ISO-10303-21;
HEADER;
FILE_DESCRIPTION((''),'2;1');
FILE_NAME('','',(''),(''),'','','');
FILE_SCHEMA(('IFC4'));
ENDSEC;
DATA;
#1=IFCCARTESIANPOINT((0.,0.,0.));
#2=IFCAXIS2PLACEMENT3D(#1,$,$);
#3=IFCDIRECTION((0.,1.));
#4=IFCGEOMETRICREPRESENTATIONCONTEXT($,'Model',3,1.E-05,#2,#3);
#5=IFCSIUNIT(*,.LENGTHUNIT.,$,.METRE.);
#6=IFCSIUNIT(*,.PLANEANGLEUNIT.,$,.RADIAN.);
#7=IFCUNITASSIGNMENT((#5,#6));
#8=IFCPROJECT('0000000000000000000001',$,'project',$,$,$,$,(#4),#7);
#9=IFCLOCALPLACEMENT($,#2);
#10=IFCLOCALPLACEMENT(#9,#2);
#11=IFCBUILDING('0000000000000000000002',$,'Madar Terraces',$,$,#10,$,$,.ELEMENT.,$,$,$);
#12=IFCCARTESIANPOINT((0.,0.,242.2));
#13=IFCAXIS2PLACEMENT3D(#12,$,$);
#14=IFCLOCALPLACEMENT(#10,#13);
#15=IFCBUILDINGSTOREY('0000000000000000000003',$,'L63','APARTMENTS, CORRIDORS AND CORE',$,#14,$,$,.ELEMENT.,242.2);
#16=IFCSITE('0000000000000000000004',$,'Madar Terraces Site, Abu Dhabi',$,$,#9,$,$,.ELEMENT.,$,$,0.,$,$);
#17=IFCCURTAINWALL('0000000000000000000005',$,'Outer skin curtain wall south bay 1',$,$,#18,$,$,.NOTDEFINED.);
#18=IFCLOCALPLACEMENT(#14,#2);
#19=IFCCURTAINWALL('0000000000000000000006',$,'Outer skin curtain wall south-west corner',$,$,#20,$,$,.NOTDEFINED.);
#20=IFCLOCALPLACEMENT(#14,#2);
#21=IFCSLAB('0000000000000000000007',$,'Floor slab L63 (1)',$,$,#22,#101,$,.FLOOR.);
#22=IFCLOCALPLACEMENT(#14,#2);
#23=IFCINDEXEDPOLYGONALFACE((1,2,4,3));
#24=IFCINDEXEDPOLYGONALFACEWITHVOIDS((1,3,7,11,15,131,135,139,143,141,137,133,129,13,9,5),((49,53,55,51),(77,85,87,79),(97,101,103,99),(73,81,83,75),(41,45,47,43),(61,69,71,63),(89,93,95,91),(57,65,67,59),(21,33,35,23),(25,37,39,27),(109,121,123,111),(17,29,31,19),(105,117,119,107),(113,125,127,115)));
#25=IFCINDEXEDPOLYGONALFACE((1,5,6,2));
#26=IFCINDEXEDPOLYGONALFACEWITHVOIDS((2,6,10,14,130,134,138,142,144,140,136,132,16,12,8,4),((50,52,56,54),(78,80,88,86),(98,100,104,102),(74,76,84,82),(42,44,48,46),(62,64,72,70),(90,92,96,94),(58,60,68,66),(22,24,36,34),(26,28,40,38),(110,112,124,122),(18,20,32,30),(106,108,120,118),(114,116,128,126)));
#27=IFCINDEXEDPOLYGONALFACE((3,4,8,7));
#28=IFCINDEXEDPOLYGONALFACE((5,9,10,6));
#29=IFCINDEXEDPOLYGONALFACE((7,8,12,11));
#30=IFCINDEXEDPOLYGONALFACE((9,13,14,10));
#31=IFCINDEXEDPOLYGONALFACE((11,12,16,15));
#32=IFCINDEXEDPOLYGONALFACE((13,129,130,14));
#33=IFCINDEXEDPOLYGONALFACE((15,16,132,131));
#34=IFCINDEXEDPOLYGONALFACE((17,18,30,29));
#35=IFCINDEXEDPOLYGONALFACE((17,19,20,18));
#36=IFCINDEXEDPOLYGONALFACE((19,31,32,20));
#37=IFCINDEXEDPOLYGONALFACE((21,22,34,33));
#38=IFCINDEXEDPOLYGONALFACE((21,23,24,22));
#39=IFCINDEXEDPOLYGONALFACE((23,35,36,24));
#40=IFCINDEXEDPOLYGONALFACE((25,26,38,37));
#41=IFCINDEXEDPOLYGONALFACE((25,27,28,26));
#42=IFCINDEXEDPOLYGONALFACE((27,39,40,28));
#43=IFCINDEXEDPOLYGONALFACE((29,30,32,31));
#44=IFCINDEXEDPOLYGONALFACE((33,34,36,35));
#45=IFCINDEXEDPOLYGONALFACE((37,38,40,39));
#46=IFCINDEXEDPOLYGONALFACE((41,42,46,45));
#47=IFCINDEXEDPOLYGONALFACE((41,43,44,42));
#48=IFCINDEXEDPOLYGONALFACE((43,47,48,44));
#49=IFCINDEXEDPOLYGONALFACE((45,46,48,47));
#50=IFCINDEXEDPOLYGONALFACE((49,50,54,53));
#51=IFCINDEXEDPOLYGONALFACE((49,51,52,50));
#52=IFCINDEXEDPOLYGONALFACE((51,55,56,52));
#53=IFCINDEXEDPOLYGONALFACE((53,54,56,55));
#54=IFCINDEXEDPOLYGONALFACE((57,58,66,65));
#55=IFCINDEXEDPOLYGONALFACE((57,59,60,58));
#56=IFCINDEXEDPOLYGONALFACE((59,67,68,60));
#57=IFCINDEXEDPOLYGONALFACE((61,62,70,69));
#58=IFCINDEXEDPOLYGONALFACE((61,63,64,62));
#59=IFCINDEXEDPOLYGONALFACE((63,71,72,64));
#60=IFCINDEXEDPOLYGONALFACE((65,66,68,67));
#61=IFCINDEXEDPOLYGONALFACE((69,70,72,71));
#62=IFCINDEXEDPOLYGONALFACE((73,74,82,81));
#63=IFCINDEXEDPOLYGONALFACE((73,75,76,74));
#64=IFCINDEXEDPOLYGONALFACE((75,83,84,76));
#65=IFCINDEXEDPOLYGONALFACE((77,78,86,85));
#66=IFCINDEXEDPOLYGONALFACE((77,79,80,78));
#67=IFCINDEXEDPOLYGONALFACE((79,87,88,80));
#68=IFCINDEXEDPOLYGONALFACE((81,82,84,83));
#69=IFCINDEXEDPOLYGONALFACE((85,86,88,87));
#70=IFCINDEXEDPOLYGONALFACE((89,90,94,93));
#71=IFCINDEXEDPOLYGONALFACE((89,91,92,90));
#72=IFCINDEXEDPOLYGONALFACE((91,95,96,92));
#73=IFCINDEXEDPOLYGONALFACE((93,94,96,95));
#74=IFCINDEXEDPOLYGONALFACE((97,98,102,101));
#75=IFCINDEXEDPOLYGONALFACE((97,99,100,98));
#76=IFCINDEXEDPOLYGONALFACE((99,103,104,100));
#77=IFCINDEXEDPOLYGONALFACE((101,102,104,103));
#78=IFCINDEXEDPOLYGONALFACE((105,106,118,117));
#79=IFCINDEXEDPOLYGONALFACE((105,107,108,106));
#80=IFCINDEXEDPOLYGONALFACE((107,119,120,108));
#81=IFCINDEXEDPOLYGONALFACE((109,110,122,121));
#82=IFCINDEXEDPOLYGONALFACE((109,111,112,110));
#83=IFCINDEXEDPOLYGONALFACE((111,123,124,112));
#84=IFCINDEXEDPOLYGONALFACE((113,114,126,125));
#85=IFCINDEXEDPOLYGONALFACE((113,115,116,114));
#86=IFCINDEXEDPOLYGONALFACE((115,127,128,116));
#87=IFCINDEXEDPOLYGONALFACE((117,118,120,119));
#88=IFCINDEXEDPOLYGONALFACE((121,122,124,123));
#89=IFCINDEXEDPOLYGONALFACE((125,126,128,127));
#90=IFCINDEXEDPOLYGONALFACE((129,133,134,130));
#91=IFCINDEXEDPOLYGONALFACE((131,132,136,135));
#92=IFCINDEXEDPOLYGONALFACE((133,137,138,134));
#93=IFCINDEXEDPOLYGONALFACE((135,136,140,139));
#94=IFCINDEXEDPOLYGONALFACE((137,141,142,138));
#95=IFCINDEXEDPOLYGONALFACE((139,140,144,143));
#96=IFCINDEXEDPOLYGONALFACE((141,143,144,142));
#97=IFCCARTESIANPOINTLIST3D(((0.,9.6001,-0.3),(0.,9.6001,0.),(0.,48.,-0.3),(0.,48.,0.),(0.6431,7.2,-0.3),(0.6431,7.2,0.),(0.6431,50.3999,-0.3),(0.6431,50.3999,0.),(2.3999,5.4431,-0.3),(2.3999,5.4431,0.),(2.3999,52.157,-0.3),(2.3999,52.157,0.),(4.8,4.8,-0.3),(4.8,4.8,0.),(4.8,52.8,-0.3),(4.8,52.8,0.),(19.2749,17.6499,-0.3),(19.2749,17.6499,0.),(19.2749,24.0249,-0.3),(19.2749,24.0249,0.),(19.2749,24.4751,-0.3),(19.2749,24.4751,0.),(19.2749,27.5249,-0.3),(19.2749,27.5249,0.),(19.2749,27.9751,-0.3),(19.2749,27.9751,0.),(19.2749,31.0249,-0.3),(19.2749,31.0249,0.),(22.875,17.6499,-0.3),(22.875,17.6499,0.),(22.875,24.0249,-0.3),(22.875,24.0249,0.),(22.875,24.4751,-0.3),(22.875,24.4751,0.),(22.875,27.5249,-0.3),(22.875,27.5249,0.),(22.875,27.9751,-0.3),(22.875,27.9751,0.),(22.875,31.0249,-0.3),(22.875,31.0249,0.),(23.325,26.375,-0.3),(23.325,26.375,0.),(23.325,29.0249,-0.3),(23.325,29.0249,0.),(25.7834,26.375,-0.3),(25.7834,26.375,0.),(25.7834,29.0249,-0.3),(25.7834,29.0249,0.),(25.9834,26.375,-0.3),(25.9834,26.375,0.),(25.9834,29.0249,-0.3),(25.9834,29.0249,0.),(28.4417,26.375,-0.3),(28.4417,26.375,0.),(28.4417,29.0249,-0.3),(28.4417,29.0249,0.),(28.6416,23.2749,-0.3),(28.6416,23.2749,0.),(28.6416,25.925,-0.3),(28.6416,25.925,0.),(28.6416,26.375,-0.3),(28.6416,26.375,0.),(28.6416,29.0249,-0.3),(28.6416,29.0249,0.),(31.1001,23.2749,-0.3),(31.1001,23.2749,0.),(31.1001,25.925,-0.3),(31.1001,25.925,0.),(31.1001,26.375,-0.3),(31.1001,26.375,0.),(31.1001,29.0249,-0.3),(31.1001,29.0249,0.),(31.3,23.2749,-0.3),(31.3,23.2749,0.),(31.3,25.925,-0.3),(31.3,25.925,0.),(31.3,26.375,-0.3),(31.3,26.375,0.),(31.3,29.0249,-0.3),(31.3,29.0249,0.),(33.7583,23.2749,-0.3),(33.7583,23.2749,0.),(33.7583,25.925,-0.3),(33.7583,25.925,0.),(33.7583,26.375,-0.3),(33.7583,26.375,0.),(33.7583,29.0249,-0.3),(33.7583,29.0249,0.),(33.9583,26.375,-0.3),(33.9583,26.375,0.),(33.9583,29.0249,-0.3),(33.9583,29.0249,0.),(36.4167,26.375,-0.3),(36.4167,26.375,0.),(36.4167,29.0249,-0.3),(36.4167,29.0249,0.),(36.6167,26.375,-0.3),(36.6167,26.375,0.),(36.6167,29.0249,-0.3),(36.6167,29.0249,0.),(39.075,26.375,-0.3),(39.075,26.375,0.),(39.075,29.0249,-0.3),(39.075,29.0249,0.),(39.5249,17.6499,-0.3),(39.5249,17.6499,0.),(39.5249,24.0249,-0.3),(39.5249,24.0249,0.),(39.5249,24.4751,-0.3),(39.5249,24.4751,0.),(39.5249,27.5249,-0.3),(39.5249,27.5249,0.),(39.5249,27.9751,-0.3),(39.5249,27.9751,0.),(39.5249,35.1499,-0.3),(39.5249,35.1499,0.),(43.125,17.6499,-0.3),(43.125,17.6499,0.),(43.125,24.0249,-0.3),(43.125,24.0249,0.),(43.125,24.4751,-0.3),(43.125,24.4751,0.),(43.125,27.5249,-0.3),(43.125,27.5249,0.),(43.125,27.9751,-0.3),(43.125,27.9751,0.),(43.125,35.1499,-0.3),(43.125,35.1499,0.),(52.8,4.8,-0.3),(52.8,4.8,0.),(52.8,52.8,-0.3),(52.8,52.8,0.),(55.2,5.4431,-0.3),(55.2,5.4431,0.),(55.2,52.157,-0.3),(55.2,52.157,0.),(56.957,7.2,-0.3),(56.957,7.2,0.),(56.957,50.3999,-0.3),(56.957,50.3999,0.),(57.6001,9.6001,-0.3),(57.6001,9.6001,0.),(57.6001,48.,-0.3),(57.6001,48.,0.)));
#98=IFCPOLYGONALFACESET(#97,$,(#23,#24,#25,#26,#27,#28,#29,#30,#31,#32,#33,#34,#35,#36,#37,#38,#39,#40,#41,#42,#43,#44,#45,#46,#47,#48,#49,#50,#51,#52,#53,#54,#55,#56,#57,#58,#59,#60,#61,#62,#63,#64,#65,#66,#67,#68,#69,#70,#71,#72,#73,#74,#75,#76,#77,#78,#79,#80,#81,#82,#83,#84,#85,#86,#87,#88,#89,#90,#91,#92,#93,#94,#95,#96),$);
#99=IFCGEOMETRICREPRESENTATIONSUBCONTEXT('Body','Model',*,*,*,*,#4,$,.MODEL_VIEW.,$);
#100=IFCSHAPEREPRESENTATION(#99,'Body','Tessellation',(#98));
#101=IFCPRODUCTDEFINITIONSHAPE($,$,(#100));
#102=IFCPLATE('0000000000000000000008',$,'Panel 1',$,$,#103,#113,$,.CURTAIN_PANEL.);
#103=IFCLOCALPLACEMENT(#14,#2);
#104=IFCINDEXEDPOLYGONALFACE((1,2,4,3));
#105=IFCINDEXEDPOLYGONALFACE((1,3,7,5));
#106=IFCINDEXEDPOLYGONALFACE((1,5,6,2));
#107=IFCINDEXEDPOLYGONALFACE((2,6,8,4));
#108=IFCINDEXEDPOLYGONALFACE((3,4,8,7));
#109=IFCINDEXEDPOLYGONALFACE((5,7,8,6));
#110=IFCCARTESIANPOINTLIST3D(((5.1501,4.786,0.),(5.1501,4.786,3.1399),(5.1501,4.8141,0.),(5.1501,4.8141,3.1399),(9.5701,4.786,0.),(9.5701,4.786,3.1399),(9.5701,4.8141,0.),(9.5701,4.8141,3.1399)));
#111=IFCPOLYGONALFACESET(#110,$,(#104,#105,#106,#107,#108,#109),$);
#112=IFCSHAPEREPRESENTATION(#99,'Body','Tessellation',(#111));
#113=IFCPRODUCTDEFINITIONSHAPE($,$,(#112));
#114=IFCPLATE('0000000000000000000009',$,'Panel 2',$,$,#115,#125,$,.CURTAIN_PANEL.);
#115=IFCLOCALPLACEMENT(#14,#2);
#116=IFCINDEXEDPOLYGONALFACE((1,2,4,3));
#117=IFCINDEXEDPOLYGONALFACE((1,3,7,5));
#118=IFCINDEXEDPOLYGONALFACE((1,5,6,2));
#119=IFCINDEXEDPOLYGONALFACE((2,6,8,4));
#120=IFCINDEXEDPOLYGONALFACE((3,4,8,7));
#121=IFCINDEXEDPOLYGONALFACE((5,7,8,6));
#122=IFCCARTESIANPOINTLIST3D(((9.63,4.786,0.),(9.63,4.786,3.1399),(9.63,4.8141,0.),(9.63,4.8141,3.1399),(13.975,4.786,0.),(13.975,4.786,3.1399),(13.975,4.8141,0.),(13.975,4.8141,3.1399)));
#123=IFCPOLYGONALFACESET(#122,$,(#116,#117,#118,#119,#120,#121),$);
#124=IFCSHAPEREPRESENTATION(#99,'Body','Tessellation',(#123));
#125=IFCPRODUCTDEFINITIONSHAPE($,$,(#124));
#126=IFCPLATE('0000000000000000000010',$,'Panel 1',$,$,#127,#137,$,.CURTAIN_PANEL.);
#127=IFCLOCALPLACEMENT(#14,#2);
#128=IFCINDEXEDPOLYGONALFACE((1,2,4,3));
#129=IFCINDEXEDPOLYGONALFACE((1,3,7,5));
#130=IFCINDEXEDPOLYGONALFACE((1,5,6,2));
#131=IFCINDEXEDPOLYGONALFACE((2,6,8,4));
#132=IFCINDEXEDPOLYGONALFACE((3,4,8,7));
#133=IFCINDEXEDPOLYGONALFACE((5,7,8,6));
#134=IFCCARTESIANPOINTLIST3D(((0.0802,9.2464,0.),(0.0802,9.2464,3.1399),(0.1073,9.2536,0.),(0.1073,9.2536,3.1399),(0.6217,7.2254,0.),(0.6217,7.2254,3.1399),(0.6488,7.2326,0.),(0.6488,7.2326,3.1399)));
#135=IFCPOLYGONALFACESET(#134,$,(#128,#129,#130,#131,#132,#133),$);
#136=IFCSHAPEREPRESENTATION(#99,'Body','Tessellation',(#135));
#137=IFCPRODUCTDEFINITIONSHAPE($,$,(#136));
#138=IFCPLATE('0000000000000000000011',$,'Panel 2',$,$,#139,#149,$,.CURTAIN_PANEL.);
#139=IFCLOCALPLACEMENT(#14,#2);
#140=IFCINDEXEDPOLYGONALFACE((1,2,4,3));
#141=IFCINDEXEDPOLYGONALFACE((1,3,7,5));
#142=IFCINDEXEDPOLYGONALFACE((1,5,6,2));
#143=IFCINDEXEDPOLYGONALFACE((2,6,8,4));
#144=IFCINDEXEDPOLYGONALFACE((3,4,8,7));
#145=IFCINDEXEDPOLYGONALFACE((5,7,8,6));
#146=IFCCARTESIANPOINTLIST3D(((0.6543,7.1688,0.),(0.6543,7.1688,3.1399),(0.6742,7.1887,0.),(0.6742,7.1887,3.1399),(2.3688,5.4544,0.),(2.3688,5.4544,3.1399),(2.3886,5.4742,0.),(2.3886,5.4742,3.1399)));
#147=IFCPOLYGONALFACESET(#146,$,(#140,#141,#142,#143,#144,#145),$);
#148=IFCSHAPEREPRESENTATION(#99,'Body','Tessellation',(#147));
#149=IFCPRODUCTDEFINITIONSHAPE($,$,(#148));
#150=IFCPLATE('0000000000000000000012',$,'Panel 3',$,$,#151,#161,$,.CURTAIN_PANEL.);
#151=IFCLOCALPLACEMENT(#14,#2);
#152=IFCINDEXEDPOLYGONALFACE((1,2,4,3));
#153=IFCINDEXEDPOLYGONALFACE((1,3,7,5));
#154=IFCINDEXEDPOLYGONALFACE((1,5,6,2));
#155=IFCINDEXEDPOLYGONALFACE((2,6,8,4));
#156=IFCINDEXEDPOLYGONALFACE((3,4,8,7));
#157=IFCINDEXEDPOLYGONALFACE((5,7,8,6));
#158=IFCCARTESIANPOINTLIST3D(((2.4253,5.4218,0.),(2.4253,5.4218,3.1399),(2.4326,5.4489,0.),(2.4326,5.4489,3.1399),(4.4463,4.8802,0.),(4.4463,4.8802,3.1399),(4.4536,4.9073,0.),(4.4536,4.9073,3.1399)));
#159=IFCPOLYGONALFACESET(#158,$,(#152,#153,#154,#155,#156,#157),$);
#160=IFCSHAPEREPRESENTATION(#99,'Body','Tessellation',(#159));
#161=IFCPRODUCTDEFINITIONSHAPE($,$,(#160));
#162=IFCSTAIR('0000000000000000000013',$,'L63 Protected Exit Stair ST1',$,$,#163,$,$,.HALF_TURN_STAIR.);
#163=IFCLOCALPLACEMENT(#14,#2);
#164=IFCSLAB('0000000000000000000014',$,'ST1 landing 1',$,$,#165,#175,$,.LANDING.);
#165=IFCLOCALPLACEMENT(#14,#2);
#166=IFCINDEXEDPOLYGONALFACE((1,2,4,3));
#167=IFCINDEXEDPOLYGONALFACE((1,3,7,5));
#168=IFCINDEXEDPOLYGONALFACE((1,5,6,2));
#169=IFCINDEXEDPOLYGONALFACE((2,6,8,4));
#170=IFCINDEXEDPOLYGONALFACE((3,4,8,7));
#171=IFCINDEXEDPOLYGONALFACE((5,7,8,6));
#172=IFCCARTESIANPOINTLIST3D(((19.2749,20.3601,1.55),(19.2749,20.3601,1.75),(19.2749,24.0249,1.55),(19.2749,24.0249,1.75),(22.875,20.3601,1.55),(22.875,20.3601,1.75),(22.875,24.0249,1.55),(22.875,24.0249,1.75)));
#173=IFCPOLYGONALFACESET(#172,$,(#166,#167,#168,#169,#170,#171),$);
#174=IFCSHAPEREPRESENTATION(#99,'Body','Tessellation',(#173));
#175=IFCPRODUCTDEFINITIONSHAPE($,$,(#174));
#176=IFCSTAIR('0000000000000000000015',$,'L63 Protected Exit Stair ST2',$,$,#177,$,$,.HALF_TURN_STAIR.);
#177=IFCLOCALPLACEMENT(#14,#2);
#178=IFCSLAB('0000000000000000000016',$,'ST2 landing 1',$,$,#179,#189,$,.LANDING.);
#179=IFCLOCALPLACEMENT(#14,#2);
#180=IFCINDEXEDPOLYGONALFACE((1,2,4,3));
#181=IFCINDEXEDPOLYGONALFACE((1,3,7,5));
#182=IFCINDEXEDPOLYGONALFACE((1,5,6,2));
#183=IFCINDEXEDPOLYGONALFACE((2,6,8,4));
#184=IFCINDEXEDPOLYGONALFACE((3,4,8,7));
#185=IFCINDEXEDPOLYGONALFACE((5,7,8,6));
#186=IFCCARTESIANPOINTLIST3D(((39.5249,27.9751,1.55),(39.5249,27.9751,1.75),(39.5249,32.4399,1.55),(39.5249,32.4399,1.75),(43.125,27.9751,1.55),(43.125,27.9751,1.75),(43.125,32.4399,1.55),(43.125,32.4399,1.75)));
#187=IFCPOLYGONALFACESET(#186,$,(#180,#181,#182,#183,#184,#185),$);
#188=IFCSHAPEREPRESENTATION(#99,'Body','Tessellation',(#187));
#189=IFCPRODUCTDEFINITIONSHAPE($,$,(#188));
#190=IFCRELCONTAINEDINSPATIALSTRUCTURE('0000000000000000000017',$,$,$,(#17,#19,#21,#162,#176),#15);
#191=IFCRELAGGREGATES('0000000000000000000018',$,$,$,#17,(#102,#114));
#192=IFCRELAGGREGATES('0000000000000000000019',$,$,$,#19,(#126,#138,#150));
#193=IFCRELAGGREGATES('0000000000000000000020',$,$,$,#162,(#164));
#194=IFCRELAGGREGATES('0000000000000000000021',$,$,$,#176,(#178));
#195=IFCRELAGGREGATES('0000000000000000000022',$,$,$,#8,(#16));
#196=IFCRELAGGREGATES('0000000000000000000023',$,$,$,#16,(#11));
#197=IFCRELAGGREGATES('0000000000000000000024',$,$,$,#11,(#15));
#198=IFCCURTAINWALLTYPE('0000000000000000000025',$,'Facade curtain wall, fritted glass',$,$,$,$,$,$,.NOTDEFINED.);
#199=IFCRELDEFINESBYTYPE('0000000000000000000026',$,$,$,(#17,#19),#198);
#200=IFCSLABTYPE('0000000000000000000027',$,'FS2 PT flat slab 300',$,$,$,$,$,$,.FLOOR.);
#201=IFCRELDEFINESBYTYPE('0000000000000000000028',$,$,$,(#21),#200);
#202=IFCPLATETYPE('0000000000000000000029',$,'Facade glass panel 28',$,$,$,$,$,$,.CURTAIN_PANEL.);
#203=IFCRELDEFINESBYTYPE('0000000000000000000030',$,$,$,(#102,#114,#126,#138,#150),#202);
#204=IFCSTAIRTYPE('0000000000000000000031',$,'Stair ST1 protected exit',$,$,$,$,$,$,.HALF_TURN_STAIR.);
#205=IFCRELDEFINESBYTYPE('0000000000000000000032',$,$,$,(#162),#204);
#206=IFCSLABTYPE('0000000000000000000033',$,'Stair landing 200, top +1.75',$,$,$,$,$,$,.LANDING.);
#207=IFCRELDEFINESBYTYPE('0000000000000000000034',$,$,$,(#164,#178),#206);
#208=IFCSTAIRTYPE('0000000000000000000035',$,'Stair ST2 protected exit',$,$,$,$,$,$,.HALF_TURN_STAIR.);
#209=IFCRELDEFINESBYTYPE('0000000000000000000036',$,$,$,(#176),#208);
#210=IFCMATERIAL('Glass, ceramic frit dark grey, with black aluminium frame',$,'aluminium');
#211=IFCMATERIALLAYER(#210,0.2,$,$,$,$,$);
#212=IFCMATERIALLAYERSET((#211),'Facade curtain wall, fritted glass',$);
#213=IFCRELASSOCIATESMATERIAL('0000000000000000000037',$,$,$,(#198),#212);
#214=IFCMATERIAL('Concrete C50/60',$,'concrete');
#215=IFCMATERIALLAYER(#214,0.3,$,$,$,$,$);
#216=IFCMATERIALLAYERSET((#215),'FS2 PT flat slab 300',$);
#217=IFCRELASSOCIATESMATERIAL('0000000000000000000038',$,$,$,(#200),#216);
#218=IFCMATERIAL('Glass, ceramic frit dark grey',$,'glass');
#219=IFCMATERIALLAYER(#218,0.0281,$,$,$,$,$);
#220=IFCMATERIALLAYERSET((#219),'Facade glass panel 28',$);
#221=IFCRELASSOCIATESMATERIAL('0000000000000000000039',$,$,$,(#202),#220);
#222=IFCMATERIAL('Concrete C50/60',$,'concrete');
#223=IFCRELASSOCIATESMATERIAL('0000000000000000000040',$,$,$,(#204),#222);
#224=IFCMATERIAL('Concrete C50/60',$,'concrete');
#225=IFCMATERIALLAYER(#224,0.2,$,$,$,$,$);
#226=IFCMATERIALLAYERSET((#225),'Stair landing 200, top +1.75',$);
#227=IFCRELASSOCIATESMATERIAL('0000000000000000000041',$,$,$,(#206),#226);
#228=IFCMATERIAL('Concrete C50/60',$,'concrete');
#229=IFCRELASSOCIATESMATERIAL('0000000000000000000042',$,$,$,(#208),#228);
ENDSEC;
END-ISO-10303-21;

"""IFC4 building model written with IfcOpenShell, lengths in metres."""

from ifc_helpers import new_model, si_unit, direction, frame, origin, origin_2d, place, context, subcontext, project, spatial, polyline, rectangle, outline, extrude, material, layer, layer_set, type_object, element, aggregate, save


model = new_model("IFC4")

# Units and contexts
model_context = context("Model", 3, precision=1e-05, world=origin(), true_north=direction((0.0, 1.0)))
body_context = subcontext(model_context, "Body", "Model", "MODEL_VIEW")
ifc_project = project(units=[si_unit("LENGTHUNIT", "METRE"), si_unit("PLANEANGLEUNIT", "RADIAN")], contexts=[model_context])

# Site, building, storey
site_placement = place(None, origin())
site = spatial("IfcSite", under=ifc_project, at=site_placement, Name="Madar Terraces Site, Abu Dhabi", CompositionType="ELEMENT", RefElevation=0.0)
building_placement = place(site_placement, origin())
building = spatial("IfcBuilding", under=site, at=building_placement, Name="Madar Terraces", CompositionType="ELEMENT")
storey_placement = place(building_placement, frame((0.0, 0.0, 242.2)))
storey = spatial("IfcBuildingStorey", under=building, at=storey_placement, Name="L63", Description="APARTMENTS, CORRIDORS AND CORE", CompositionType="ELEMENT", Elevation=242.2)

# Curtain wall
ifc_material_1 = material(Name="Glass, ceramic frit dark grey, with black aluminium frame", Category="aluminium")
ifc_layer_1 = layer(ifc_material_1, 0.2)
ifc_layer_set_1 = layer_set([ifc_layer_1], Name="Facade curtain wall, fritted glass")
curtain_wall_type = type_object("IfcCurtainWallType", Name="Facade curtain wall, fritted glass", PredefinedType="NOTDEFINED", material=ifc_layer_set_1)
curtain_wall_1_placement = place(storey_placement, origin())
curtain_wall_1 = element("IfcCurtainWall", 1, at=curtain_wall_1_placement, inside=storey, type_object=curtain_wall_type, Name="Outer skin curtain wall south bay 1", PredefinedType="NOTDEFINED")

# Curtain wall
curtain_wall_2_placement = place(storey_placement, origin())
curtain_wall_2 = element("IfcCurtainWall", 2, at=curtain_wall_2_placement, inside=storey, type_object=curtain_wall_type, Name="Outer skin curtain wall south-west corner", PredefinedType="NOTDEFINED")

# Slab
ifc_material_2 = material(Name="Concrete C50/60", Category="concrete")
ifc_layer_2 = layer(ifc_material_2, 0.3)
ifc_layer_set_2 = layer_set([ifc_layer_2], Name="FS2 PT flat slab 300")
slab_type_1 = type_object("IfcSlabType", Name="FS2 PT flat slab 300", PredefinedType="FLOOR", material=ifc_layer_set_2)
slab_1_placement = place(storey_placement, frame((0.0, 0.0, -0.3)))
element("IfcSlab", 3, at=slab_1_placement, inside=storey, type_object=slab_type_1, Name="Floor slab L63 (1)", PredefinedType="FLOOR", context=body_context, shape_type="SweptSolid", body=[
    extrude(outline(polyline([(52.8, 4.8), (55.2, 5.4431), (56.957, 7.2), (57.6001, 9.6001), (57.6001, 48.0), (56.957, 50.3999), (55.2, 52.157), (52.8, 52.8), (4.8, 52.8), (2.3999, 52.157), (0.6431, 50.3999), (0.0, 48.0), (0.0, 9.6001), (0.6431, 7.2), (2.3999, 5.4431), (4.8, 4.8), (52.8, 4.8)]), holes=[polyline([(22.875, 17.6499), (19.2749, 17.6499), (19.2749, 24.0249), (22.875, 24.0249), (22.875, 17.6499)]), polyline([(28.6416, 23.2749), (28.6416, 25.925), (31.1001, 25.925), (31.1001, 23.2749), (28.6416, 23.2749)]), polyline([(19.2749, 24.4751), (19.2749, 27.5249), (22.875, 27.5249), (22.875, 24.4751), (19.2749, 24.4751)]), polyline([(23.325, 26.375), (23.325, 29.0249), (25.7834, 29.0249), (25.7834, 26.375), (23.325, 26.375)]), polyline([(25.9834, 26.375), (25.9834, 29.0249), (28.4417, 29.0249), (28.4417, 26.375), (25.9834, 26.375)]), polyline([(28.6416, 26.375), (28.6416, 29.0249), (31.1001, 29.0249), (31.1001, 26.375), (28.6416, 26.375)]), polyline([(19.2749, 27.9751), (19.2749, 31.0249), (22.875, 31.0249), (22.875, 27.9751), (19.2749, 27.9751)]), polyline([(43.125, 17.6499), (39.5249, 17.6499), (39.5249, 24.0249), (43.125, 24.0249), (43.125, 17.6499)]), polyline([(31.3, 23.2749), (31.3, 25.925), (33.7583, 25.925), (33.7583, 23.2749), (31.3, 23.2749)]), polyline([(39.5249, 24.4751), (39.5249, 27.5249), (43.125, 27.5249), (43.125, 24.4751), (39.5249, 24.4751)]), polyline([(31.3, 26.375), (31.3, 29.0249), (33.7583, 29.0249), (33.7583, 26.375), (31.3, 26.375)]), polyline([(33.9583, 26.375), (33.9583, 29.0249), (36.4167, 29.0249), (36.4167, 26.375), (33.9583, 26.375)]), polyline([(36.6167, 26.375), (36.6167, 29.0249), (39.075, 29.0249), (39.075, 26.375), (36.6167, 26.375)]), polyline([(39.5249, 27.9751), (39.5249, 35.1499), (43.125, 35.1499), (43.125, 27.9751), (39.5249, 27.9751)])]), origin(), (0.0, 0.0, 1.0), 0.3),
])

# Plates
ifc_material_3 = material(Name="Glass, ceramic frit dark grey", Category="glass")
ifc_layer_3 = layer(ifc_material_3, 0.0281)
ifc_layer_set_3 = layer_set([ifc_layer_3], Name="Facade glass panel 28")
plate_type = type_object("IfcPlateType", Name="Facade glass panel 28", PredefinedType="CURTAIN_PANEL", material=ifc_layer_set_3)
plate_1_placement = place(storey_placement, frame((7.3601, 4.8, 0.0), z_axis=(0.0, 0.0, 1.0), x_axis=(1.0, 0.0, 0.0)))
plate_1 = element("IfcPlate", 4, at=plate_1_placement, type_object=plate_type, Name="Panel 1", PredefinedType="CURTAIN_PANEL", context=body_context, shape_type="SweptSolid", body=[
    extrude(rectangle(XDim=4.4199, YDim=0.0281, at=origin_2d()), origin(), (0.0, 0.0, 1.0), 3.1399),
])
plate_2_placement = place(storey_placement, frame((11.8025, 4.8, 0.0), z_axis=(0.0, 0.0, 1.0), x_axis=(1.0, 0.0, 0.0)))
plate_2 = element("IfcPlate", 5, at=plate_2_placement, type_object=plate_type, Name="Panel 2", PredefinedType="CURTAIN_PANEL", context=body_context, shape_type="SweptSolid", body=[
    extrude(rectangle(XDim=4.345, YDim=0.0281, at=origin_2d()), origin(), (0.0, 0.0, 1.0), 3.1399),
])
aggregate(curtain_wall_1, [plate_1, plate_2])
plate_3_placement = place(storey_placement, frame((0.3645, 8.2395, 0.0), z_axis=(0.0, 0.0, 1.0), x_axis=(0.258819, -0.965926, 0.0)))
plate_3 = element("IfcPlate", 6, at=plate_3_placement, type_object=plate_type, Name="Panel 1", PredefinedType="CURTAIN_PANEL", context=body_context, shape_type="SweptSolid", body=[
    extrude(rectangle(XDim=2.0923, YDim=0.0281, at=origin_2d()), origin(), (0.0, 0.0, 1.0), 3.1399),
])
plate_4_placement = place(storey_placement, frame((1.5215, 6.3215, 0.0), z_axis=(0.0, 0.0, 1.0), x_axis=(0.707107, -0.707107, 0.0)))
plate_4 = element("IfcPlate", 7, at=plate_4_placement, type_object=plate_type, Name="Panel 2", PredefinedType="CURTAIN_PANEL", context=body_context, shape_type="SweptSolid", body=[
    extrude(rectangle(XDim=2.4246, YDim=0.0281, at=origin_2d()), origin(), (0.0, 0.0, 1.0), 3.1399),
])
plate_5_placement = place(storey_placement, frame((3.4395, 5.1646, 0.0), z_axis=(0.0, 0.0, 1.0), x_axis=(0.965926, -0.258819, 0.0)))
plate_5 = element("IfcPlate", 8, at=plate_5_placement, type_object=plate_type, Name="Panel 3", PredefinedType="CURTAIN_PANEL", context=body_context, shape_type="SweptSolid", body=[
    extrude(rectangle(XDim=2.0923, YDim=0.0281, at=origin_2d()), origin(), (0.0, 0.0, 1.0), 3.1399),
])
aggregate(curtain_wall_2, [plate_3, plate_4, plate_5])

# Stairs, slabs
ifc_material_4 = material(Name="Concrete C50/60", Category="concrete")
stair_type_1 = type_object("IfcStairType", Name="Stair ST1 protected exit", PredefinedType="HALF_TURN_STAIR", material=ifc_material_4)
stair_1_placement = place(storey_placement, origin())
stair_1 = element("IfcStair", 9, at=stair_1_placement, inside=storey, type_object=stair_type_1, Name="L63 Protected Exit Stair ST1", PredefinedType="HALF_TURN_STAIR")
ifc_material_5 = material(Name="Concrete C50/60", Category="concrete")
ifc_layer_4 = layer(ifc_material_5, 0.2)
ifc_layer_set_4 = layer_set([ifc_layer_4], Name="Stair landing 200, top +1.75")
slab_type_2 = type_object("IfcSlabType", Name="Stair landing 200, top +1.75", PredefinedType="LANDING", material=ifc_layer_set_4)
slab_2_placement = place(storey_placement, frame((0.0, 0.0, 1.55)))
slab_2 = element("IfcSlab", 10, at=slab_2_placement, type_object=slab_type_2, Name="ST1 landing 1", PredefinedType="LANDING", context=body_context, shape_type="SweptSolid", body=[
    extrude(outline(polyline([(19.2749, 20.3601), (22.875, 20.3601), (22.875, 24.0249), (19.2749, 24.0249), (19.2749, 20.3601)])), origin(), (0.0, 0.0, 1.0), 0.2),
])
aggregate(stair_1, [slab_2])
ifc_material_6 = material(Name="Concrete C50/60", Category="concrete")
stair_type_2 = type_object("IfcStairType", Name="Stair ST2 protected exit", PredefinedType="HALF_TURN_STAIR", material=ifc_material_6)
stair_2_placement = place(storey_placement, origin())
stair_2 = element("IfcStair", 11, at=stair_2_placement, inside=storey, type_object=stair_type_2, Name="L63 Protected Exit Stair ST2", PredefinedType="HALF_TURN_STAIR")
slab_3_placement = place(storey_placement, frame((0.0, 0.0, 1.55)))
slab_3 = element("IfcSlab", 12, at=slab_3_placement, type_object=slab_type_2, Name="ST2 landing 1", PredefinedType="LANDING", context=body_context, shape_type="SweptSolid", body=[
    extrude(outline(polyline([(39.5249, 27.9751), (43.125, 27.9751), (43.125, 32.4399), (39.5249, 32.4399), (39.5249, 27.9751)])), origin(), (0.0, 0.0, 1.0), 0.2),
])
aggregate(stair_2, [slab_3])

save(model, "model.ifc")
